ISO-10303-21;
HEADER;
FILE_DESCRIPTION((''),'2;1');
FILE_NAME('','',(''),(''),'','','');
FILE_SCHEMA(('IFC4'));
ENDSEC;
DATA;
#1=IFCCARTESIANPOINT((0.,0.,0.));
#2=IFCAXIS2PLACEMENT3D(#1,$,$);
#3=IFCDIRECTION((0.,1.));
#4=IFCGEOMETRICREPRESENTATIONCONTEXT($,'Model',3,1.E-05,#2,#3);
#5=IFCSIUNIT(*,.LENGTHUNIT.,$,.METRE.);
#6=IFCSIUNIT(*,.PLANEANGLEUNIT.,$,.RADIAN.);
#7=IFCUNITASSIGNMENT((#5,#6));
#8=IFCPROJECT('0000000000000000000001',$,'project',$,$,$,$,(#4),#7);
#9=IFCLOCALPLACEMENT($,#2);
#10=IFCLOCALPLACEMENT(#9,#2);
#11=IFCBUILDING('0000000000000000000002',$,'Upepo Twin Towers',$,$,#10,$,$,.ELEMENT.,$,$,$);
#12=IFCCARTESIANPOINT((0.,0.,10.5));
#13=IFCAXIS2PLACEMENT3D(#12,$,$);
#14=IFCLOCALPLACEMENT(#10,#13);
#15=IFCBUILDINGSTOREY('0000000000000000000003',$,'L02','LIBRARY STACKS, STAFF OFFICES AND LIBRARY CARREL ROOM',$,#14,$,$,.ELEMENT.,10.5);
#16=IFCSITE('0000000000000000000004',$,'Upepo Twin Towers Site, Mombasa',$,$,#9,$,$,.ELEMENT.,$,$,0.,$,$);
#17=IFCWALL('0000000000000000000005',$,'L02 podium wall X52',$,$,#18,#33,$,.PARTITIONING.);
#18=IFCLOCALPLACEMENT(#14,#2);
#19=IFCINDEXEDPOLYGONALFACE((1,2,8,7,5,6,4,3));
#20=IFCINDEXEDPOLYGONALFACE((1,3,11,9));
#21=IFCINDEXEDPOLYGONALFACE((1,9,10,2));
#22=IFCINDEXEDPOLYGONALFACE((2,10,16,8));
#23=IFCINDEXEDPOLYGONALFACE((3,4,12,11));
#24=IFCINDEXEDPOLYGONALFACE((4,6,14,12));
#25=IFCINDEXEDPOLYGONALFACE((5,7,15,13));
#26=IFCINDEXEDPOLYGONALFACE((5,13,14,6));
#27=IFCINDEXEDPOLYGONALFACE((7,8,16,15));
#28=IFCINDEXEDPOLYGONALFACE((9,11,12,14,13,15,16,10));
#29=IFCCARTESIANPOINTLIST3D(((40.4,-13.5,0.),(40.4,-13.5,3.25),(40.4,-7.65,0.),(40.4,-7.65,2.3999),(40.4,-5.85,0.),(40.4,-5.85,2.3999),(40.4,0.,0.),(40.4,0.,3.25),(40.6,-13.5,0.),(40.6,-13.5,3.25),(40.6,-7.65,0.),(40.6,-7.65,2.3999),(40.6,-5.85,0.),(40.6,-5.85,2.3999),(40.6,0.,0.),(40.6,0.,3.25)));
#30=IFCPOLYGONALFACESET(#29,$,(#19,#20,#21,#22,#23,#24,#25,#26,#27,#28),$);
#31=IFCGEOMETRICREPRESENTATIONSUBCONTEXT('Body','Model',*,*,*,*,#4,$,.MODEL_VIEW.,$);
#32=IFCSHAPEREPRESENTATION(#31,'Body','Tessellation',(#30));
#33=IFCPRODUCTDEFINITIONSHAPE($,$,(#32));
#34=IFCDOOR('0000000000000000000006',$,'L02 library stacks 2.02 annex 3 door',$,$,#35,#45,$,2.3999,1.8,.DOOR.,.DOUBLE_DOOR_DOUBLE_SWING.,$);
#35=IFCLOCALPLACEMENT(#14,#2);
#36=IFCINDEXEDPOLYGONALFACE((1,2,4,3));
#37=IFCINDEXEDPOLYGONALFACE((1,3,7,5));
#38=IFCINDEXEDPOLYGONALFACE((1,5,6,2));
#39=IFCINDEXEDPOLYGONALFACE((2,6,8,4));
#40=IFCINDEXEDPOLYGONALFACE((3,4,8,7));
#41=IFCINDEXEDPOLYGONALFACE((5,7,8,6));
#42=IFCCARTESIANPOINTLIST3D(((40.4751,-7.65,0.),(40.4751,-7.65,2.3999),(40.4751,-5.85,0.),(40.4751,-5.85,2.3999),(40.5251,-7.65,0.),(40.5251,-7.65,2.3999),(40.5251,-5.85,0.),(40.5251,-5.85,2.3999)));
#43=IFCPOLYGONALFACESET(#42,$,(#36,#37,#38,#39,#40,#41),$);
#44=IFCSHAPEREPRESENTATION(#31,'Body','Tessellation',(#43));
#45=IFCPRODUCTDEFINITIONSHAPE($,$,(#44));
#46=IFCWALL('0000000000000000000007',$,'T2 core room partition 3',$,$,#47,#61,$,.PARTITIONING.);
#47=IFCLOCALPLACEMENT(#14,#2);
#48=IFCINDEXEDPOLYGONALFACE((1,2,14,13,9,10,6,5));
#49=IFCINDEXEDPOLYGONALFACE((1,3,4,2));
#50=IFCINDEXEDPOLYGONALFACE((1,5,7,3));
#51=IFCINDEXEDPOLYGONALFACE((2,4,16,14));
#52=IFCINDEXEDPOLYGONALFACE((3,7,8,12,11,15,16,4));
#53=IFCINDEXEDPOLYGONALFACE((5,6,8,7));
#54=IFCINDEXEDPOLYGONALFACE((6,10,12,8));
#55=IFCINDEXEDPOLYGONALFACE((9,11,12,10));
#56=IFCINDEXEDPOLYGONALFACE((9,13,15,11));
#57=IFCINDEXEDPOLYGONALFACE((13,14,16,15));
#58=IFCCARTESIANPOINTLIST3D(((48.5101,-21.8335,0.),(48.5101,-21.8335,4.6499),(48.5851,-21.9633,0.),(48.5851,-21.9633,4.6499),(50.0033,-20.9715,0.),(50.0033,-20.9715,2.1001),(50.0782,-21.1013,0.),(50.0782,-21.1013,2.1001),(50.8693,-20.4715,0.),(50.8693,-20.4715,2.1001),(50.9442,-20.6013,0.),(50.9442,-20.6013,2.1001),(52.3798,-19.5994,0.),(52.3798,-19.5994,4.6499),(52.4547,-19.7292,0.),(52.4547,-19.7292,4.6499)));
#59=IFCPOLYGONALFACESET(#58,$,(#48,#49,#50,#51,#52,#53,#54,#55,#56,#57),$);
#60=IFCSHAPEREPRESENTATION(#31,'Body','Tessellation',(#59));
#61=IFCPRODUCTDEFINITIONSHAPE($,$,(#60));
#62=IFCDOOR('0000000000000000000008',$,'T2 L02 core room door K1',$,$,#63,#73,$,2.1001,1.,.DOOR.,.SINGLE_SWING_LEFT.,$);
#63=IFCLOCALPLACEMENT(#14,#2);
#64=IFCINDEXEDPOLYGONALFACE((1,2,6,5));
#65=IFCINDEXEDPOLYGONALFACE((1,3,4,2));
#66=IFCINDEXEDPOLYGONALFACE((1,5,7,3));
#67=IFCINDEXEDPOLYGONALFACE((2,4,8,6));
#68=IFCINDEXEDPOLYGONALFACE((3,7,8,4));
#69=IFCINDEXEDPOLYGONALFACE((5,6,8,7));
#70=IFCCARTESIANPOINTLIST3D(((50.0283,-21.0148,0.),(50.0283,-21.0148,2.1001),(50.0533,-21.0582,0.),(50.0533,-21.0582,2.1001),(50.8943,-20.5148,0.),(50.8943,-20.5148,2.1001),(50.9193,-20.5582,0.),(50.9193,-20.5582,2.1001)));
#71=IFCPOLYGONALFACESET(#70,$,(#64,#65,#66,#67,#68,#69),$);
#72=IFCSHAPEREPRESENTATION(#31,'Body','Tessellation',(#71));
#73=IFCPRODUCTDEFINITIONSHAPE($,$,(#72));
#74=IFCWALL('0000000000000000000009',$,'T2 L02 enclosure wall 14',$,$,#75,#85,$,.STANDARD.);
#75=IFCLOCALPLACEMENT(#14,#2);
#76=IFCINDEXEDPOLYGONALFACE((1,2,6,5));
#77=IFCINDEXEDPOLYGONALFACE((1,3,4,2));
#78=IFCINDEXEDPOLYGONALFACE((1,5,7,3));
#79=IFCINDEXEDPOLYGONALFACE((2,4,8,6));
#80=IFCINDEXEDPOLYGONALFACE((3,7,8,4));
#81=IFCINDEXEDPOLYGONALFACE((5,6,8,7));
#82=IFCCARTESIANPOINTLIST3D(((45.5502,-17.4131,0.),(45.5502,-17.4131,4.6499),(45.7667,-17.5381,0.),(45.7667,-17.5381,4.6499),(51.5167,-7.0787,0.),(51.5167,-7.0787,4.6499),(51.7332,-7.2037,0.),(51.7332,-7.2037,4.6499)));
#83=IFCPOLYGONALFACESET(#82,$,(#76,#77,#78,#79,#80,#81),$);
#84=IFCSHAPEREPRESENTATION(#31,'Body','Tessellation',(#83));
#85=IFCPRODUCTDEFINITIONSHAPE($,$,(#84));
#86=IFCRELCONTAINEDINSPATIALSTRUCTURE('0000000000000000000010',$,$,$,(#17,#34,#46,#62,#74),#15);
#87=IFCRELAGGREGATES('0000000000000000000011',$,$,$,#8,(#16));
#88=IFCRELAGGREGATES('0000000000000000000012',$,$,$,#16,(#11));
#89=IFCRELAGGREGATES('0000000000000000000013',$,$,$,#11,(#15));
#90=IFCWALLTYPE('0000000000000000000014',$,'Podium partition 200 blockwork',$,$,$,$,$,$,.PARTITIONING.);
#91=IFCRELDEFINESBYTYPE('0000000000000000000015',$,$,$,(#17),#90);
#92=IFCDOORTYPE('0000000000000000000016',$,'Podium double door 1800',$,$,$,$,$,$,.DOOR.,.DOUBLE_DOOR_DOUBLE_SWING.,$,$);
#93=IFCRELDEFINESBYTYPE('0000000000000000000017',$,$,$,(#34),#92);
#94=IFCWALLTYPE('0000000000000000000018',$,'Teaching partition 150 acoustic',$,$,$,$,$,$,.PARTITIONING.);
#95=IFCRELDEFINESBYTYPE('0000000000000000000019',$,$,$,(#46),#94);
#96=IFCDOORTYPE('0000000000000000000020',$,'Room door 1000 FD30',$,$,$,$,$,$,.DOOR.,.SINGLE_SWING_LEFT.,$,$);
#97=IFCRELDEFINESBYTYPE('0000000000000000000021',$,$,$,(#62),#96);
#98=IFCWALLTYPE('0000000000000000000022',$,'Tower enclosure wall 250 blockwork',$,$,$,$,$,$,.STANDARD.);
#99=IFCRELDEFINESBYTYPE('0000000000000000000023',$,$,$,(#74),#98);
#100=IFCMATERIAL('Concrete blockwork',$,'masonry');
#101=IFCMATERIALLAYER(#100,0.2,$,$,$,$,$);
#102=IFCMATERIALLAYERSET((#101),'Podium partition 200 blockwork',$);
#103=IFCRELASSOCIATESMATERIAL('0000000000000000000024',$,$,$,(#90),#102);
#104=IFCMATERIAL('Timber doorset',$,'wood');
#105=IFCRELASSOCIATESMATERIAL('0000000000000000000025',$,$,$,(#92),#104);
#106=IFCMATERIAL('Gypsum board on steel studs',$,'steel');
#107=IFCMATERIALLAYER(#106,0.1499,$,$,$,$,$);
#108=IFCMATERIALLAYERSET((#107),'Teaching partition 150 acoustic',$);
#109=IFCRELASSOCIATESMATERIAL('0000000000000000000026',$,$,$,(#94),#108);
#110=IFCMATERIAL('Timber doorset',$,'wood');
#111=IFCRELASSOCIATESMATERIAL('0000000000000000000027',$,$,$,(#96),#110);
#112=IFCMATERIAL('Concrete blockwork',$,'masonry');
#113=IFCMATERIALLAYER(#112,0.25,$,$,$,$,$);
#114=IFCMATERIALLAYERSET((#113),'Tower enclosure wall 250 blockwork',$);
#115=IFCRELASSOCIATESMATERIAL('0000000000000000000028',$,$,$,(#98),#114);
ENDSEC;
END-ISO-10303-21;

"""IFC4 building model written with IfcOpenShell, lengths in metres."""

from ifc_helpers import new_model, si_unit, direction, frame, frame_2d, origin, place, context, subcontext, project, spatial, rectangle, extrude, material, layer, layer_set, type_object, element, fill, save


model = new_model("IFC4")

# Units and contexts
model_context = context("Model", 3, precision=1e-05, world=origin(), true_north=direction((0.0, 1.0)))
body_context = subcontext(model_context, "Body", "Model", "MODEL_VIEW")
ifc_project = project(units=[si_unit("LENGTHUNIT", "METRE"), si_unit("PLANEANGLEUNIT", "RADIAN")], contexts=[model_context])

# Site, building, storey
site_placement = place(None, origin())
site = spatial("IfcSite", under=ifc_project, at=site_placement, Name="Upepo Twin Towers Site, Mombasa", CompositionType="ELEMENT", RefElevation=0.0)
building_placement = place(site_placement, origin())
building = spatial("IfcBuilding", under=site, at=building_placement, Name="Upepo Twin Towers", CompositionType="ELEMENT")
storey_placement = place(building_placement, frame((0.0, 0.0, 10.5)))
storey = spatial("IfcBuildingStorey", under=building, at=storey_placement, Name="L02", Description="LIBRARY STACKS, STAFF OFFICES AND LIBRARY CARREL ROOM", CompositionType="ELEMENT", Elevation=10.5)

# Walls, openings, doors
ifc_material_1 = material(Name="Concrete blockwork", Category="masonry")
ifc_layer_1 = layer(ifc_material_1, 0.2)
ifc_layer_set_1 = layer_set([ifc_layer_1], Name="Podium partition 200 blockwork")
wall_type_1 = type_object("IfcWallType", Name="Podium partition 200 blockwork", PredefinedType="PARTITIONING", material=ifc_layer_set_1)
ifc_material_2 = material(Name="Timber doorset", Category="wood")
door_type_1 = type_object("IfcDoorType", Name="Podium double door 1800", OperationType="DOUBLE_DOOR_DOUBLE_SWING", PredefinedType="DOOR", material=ifc_material_2)
wall_1_placement = place(storey_placement, frame((40.5, -13.5, 0.0), z_axis=(0.0, 0.0, 1.0), x_axis=(0.0, 1.0, 0.0)))
wall_1 = element("IfcWall", 1, at=wall_1_placement, inside=storey, type_object=wall_type_1, Name="L02 podium wall X52", PredefinedType="PARTITIONING", context=body_context, shape_type="SweptSolid", body=[
    extrude(rectangle(XDim=13.5, YDim=0.2, at=frame_2d((6.75, 0.0))), origin(), (0.0, 0.0, 1.0), 3.25),
])
opening_1_placement = place(wall_1_placement, frame((5.8501, 0.0, 0.0)))
opening_1 = element("IfcOpeningElement", 2, at=opening_1_placement, cuts=wall_1, PredefinedType="OPENING", context=body_context, shape_type="SweptSolid", body=[
    extrude(rectangle(XDim=1.8, YDim=2.3999, at=frame_2d((0.8999, 1.2))), frame((0.0, 0.1099, 0.0), z_axis=(0.0, -1.0, 0.0), x_axis=(1.0, 0.0, 0.0)), (0.0, 0.0, 1.0), 0.22),
])
door_1_placement = place(opening_1_placement, origin())
door_1 = element("IfcDoor", 3, at=door_1_placement, inside=storey, type_object=door_type_1, Name="L02 library stacks 2.02 annex 3 door", OperationType="DOUBLE_DOOR_DOUBLE_SWING", OverallHeight=2.3999, OverallWidth=1.8, PredefinedType="DOOR", context=body_context, shape_type="SweptSolid", body=[
    extrude(rectangle(XDim=1.8, YDim=2.3999, at=frame_2d((0.8999, 1.2))), frame((0.0, 0.0249, 0.0), z_axis=(0.0, -1.0, 0.0), x_axis=(1.0, 0.0, 0.0)), (0.0, 0.0, 1.0), 0.05),
])
fill(opening_1, door_1)
ifc_material_3 = material(Name="Gypsum board on steel studs", Category="steel")
ifc_layer_2 = layer(ifc_material_3, 0.1499)
ifc_layer_set_2 = layer_set([ifc_layer_2], Name="Teaching partition 150 acoustic")
wall_type_2 = type_object("IfcWallType", Name="Teaching partition 150 acoustic", PredefinedType="PARTITIONING", material=ifc_layer_set_2)
wall_2_placement = place(storey_placement, frame((48.5476, -21.8984, 0.0), z_axis=(0.0, 0.0, 1.0), x_axis=(0.866025, 0.5, 0.0)))
wall_2 = element("IfcWall", 4, at=wall_2_placement, inside=storey, type_object=wall_type_2, Name="T2 core room partition 3", PredefinedType="PARTITIONING", context=body_context, shape_type="SweptSolid", body=[
    extrude(rectangle(XDim=4.4683, YDim=0.1499, at=frame_2d((2.2341, 0.0))), origin(), (0.0, 0.0, 1.0), 4.6499),
])
opening_2_placement = place(wall_2_placement, frame((1.7241, 0.0, 0.0)))
opening_2 = element("IfcOpeningElement", 5, at=opening_2_placement, cuts=wall_2, PredefinedType="OPENING", context=body_context, shape_type="SweptSolid", body=[
    extrude(rectangle(XDim=1.0, YDim=2.1001, at=frame_2d((0.5, 1.05))), frame((0.0, 0.085, 0.0), z_axis=(0.0, -1.0, 0.0), x_axis=(1.0, 0.0, 0.0)), (0.0, 0.0, 1.0), 0.1699),
])
ifc_material_4 = material(Name="Timber doorset", Category="wood")
door_type_2 = type_object("IfcDoorType", Name="Room door 1000 FD30", OperationType="SINGLE_SWING_LEFT", PredefinedType="DOOR", material=ifc_material_4)
door_2_placement = place(opening_2_placement, origin())
door_2 = element("IfcDoor", 6, at=door_2_placement, inside=storey, type_object=door_type_2, Name="T2 L02 core room door K1", OperationType="SINGLE_SWING_LEFT", OverallHeight=2.1001, OverallWidth=1.0, PredefinedType="DOOR", context=body_context, shape_type="SweptSolid", body=[
    extrude(rectangle(XDim=1.0, YDim=2.1001, at=frame_2d((0.5, 1.05))), frame((0.0, 0.0249, 0.0), z_axis=(0.0, -1.0, 0.0), x_axis=(1.0, 0.0, 0.0)), (0.0, 0.0, 1.0), 0.05),
])
fill(opening_2, door_2)

# Wall
ifc_material_5 = material(Name="Concrete blockwork", Category="masonry")
ifc_layer_3 = layer(ifc_material_5, 0.25)
ifc_layer_set_3 = layer_set([ifc_layer_3], Name="Tower enclosure wall 250 blockwork")
wall_type_3 = type_object("IfcWallType", Name="Tower enclosure wall 250 blockwork", PredefinedType="STANDARD", material=ifc_layer_set_3)
wall_3_placement = place(storey_placement, frame((45.6584, -17.4756, 0.0), z_axis=(0.0, 0.0, 1.0), x_axis=(0.499996, 0.866028, 0.0)))
element("IfcWall", 7, at=wall_3_placement, inside=storey, type_object=wall_type_3, Name="T2 L02 enclosure wall 14", PredefinedType="STANDARD", context=body_context, shape_type="SweptSolid", body=[
    extrude(rectangle(XDim=11.9331, YDim=0.25, at=frame_2d((5.9666, 0.0))), origin(), (0.0, 0.0, 1.0), 4.6499),
])

save(model, "model.ifc")
